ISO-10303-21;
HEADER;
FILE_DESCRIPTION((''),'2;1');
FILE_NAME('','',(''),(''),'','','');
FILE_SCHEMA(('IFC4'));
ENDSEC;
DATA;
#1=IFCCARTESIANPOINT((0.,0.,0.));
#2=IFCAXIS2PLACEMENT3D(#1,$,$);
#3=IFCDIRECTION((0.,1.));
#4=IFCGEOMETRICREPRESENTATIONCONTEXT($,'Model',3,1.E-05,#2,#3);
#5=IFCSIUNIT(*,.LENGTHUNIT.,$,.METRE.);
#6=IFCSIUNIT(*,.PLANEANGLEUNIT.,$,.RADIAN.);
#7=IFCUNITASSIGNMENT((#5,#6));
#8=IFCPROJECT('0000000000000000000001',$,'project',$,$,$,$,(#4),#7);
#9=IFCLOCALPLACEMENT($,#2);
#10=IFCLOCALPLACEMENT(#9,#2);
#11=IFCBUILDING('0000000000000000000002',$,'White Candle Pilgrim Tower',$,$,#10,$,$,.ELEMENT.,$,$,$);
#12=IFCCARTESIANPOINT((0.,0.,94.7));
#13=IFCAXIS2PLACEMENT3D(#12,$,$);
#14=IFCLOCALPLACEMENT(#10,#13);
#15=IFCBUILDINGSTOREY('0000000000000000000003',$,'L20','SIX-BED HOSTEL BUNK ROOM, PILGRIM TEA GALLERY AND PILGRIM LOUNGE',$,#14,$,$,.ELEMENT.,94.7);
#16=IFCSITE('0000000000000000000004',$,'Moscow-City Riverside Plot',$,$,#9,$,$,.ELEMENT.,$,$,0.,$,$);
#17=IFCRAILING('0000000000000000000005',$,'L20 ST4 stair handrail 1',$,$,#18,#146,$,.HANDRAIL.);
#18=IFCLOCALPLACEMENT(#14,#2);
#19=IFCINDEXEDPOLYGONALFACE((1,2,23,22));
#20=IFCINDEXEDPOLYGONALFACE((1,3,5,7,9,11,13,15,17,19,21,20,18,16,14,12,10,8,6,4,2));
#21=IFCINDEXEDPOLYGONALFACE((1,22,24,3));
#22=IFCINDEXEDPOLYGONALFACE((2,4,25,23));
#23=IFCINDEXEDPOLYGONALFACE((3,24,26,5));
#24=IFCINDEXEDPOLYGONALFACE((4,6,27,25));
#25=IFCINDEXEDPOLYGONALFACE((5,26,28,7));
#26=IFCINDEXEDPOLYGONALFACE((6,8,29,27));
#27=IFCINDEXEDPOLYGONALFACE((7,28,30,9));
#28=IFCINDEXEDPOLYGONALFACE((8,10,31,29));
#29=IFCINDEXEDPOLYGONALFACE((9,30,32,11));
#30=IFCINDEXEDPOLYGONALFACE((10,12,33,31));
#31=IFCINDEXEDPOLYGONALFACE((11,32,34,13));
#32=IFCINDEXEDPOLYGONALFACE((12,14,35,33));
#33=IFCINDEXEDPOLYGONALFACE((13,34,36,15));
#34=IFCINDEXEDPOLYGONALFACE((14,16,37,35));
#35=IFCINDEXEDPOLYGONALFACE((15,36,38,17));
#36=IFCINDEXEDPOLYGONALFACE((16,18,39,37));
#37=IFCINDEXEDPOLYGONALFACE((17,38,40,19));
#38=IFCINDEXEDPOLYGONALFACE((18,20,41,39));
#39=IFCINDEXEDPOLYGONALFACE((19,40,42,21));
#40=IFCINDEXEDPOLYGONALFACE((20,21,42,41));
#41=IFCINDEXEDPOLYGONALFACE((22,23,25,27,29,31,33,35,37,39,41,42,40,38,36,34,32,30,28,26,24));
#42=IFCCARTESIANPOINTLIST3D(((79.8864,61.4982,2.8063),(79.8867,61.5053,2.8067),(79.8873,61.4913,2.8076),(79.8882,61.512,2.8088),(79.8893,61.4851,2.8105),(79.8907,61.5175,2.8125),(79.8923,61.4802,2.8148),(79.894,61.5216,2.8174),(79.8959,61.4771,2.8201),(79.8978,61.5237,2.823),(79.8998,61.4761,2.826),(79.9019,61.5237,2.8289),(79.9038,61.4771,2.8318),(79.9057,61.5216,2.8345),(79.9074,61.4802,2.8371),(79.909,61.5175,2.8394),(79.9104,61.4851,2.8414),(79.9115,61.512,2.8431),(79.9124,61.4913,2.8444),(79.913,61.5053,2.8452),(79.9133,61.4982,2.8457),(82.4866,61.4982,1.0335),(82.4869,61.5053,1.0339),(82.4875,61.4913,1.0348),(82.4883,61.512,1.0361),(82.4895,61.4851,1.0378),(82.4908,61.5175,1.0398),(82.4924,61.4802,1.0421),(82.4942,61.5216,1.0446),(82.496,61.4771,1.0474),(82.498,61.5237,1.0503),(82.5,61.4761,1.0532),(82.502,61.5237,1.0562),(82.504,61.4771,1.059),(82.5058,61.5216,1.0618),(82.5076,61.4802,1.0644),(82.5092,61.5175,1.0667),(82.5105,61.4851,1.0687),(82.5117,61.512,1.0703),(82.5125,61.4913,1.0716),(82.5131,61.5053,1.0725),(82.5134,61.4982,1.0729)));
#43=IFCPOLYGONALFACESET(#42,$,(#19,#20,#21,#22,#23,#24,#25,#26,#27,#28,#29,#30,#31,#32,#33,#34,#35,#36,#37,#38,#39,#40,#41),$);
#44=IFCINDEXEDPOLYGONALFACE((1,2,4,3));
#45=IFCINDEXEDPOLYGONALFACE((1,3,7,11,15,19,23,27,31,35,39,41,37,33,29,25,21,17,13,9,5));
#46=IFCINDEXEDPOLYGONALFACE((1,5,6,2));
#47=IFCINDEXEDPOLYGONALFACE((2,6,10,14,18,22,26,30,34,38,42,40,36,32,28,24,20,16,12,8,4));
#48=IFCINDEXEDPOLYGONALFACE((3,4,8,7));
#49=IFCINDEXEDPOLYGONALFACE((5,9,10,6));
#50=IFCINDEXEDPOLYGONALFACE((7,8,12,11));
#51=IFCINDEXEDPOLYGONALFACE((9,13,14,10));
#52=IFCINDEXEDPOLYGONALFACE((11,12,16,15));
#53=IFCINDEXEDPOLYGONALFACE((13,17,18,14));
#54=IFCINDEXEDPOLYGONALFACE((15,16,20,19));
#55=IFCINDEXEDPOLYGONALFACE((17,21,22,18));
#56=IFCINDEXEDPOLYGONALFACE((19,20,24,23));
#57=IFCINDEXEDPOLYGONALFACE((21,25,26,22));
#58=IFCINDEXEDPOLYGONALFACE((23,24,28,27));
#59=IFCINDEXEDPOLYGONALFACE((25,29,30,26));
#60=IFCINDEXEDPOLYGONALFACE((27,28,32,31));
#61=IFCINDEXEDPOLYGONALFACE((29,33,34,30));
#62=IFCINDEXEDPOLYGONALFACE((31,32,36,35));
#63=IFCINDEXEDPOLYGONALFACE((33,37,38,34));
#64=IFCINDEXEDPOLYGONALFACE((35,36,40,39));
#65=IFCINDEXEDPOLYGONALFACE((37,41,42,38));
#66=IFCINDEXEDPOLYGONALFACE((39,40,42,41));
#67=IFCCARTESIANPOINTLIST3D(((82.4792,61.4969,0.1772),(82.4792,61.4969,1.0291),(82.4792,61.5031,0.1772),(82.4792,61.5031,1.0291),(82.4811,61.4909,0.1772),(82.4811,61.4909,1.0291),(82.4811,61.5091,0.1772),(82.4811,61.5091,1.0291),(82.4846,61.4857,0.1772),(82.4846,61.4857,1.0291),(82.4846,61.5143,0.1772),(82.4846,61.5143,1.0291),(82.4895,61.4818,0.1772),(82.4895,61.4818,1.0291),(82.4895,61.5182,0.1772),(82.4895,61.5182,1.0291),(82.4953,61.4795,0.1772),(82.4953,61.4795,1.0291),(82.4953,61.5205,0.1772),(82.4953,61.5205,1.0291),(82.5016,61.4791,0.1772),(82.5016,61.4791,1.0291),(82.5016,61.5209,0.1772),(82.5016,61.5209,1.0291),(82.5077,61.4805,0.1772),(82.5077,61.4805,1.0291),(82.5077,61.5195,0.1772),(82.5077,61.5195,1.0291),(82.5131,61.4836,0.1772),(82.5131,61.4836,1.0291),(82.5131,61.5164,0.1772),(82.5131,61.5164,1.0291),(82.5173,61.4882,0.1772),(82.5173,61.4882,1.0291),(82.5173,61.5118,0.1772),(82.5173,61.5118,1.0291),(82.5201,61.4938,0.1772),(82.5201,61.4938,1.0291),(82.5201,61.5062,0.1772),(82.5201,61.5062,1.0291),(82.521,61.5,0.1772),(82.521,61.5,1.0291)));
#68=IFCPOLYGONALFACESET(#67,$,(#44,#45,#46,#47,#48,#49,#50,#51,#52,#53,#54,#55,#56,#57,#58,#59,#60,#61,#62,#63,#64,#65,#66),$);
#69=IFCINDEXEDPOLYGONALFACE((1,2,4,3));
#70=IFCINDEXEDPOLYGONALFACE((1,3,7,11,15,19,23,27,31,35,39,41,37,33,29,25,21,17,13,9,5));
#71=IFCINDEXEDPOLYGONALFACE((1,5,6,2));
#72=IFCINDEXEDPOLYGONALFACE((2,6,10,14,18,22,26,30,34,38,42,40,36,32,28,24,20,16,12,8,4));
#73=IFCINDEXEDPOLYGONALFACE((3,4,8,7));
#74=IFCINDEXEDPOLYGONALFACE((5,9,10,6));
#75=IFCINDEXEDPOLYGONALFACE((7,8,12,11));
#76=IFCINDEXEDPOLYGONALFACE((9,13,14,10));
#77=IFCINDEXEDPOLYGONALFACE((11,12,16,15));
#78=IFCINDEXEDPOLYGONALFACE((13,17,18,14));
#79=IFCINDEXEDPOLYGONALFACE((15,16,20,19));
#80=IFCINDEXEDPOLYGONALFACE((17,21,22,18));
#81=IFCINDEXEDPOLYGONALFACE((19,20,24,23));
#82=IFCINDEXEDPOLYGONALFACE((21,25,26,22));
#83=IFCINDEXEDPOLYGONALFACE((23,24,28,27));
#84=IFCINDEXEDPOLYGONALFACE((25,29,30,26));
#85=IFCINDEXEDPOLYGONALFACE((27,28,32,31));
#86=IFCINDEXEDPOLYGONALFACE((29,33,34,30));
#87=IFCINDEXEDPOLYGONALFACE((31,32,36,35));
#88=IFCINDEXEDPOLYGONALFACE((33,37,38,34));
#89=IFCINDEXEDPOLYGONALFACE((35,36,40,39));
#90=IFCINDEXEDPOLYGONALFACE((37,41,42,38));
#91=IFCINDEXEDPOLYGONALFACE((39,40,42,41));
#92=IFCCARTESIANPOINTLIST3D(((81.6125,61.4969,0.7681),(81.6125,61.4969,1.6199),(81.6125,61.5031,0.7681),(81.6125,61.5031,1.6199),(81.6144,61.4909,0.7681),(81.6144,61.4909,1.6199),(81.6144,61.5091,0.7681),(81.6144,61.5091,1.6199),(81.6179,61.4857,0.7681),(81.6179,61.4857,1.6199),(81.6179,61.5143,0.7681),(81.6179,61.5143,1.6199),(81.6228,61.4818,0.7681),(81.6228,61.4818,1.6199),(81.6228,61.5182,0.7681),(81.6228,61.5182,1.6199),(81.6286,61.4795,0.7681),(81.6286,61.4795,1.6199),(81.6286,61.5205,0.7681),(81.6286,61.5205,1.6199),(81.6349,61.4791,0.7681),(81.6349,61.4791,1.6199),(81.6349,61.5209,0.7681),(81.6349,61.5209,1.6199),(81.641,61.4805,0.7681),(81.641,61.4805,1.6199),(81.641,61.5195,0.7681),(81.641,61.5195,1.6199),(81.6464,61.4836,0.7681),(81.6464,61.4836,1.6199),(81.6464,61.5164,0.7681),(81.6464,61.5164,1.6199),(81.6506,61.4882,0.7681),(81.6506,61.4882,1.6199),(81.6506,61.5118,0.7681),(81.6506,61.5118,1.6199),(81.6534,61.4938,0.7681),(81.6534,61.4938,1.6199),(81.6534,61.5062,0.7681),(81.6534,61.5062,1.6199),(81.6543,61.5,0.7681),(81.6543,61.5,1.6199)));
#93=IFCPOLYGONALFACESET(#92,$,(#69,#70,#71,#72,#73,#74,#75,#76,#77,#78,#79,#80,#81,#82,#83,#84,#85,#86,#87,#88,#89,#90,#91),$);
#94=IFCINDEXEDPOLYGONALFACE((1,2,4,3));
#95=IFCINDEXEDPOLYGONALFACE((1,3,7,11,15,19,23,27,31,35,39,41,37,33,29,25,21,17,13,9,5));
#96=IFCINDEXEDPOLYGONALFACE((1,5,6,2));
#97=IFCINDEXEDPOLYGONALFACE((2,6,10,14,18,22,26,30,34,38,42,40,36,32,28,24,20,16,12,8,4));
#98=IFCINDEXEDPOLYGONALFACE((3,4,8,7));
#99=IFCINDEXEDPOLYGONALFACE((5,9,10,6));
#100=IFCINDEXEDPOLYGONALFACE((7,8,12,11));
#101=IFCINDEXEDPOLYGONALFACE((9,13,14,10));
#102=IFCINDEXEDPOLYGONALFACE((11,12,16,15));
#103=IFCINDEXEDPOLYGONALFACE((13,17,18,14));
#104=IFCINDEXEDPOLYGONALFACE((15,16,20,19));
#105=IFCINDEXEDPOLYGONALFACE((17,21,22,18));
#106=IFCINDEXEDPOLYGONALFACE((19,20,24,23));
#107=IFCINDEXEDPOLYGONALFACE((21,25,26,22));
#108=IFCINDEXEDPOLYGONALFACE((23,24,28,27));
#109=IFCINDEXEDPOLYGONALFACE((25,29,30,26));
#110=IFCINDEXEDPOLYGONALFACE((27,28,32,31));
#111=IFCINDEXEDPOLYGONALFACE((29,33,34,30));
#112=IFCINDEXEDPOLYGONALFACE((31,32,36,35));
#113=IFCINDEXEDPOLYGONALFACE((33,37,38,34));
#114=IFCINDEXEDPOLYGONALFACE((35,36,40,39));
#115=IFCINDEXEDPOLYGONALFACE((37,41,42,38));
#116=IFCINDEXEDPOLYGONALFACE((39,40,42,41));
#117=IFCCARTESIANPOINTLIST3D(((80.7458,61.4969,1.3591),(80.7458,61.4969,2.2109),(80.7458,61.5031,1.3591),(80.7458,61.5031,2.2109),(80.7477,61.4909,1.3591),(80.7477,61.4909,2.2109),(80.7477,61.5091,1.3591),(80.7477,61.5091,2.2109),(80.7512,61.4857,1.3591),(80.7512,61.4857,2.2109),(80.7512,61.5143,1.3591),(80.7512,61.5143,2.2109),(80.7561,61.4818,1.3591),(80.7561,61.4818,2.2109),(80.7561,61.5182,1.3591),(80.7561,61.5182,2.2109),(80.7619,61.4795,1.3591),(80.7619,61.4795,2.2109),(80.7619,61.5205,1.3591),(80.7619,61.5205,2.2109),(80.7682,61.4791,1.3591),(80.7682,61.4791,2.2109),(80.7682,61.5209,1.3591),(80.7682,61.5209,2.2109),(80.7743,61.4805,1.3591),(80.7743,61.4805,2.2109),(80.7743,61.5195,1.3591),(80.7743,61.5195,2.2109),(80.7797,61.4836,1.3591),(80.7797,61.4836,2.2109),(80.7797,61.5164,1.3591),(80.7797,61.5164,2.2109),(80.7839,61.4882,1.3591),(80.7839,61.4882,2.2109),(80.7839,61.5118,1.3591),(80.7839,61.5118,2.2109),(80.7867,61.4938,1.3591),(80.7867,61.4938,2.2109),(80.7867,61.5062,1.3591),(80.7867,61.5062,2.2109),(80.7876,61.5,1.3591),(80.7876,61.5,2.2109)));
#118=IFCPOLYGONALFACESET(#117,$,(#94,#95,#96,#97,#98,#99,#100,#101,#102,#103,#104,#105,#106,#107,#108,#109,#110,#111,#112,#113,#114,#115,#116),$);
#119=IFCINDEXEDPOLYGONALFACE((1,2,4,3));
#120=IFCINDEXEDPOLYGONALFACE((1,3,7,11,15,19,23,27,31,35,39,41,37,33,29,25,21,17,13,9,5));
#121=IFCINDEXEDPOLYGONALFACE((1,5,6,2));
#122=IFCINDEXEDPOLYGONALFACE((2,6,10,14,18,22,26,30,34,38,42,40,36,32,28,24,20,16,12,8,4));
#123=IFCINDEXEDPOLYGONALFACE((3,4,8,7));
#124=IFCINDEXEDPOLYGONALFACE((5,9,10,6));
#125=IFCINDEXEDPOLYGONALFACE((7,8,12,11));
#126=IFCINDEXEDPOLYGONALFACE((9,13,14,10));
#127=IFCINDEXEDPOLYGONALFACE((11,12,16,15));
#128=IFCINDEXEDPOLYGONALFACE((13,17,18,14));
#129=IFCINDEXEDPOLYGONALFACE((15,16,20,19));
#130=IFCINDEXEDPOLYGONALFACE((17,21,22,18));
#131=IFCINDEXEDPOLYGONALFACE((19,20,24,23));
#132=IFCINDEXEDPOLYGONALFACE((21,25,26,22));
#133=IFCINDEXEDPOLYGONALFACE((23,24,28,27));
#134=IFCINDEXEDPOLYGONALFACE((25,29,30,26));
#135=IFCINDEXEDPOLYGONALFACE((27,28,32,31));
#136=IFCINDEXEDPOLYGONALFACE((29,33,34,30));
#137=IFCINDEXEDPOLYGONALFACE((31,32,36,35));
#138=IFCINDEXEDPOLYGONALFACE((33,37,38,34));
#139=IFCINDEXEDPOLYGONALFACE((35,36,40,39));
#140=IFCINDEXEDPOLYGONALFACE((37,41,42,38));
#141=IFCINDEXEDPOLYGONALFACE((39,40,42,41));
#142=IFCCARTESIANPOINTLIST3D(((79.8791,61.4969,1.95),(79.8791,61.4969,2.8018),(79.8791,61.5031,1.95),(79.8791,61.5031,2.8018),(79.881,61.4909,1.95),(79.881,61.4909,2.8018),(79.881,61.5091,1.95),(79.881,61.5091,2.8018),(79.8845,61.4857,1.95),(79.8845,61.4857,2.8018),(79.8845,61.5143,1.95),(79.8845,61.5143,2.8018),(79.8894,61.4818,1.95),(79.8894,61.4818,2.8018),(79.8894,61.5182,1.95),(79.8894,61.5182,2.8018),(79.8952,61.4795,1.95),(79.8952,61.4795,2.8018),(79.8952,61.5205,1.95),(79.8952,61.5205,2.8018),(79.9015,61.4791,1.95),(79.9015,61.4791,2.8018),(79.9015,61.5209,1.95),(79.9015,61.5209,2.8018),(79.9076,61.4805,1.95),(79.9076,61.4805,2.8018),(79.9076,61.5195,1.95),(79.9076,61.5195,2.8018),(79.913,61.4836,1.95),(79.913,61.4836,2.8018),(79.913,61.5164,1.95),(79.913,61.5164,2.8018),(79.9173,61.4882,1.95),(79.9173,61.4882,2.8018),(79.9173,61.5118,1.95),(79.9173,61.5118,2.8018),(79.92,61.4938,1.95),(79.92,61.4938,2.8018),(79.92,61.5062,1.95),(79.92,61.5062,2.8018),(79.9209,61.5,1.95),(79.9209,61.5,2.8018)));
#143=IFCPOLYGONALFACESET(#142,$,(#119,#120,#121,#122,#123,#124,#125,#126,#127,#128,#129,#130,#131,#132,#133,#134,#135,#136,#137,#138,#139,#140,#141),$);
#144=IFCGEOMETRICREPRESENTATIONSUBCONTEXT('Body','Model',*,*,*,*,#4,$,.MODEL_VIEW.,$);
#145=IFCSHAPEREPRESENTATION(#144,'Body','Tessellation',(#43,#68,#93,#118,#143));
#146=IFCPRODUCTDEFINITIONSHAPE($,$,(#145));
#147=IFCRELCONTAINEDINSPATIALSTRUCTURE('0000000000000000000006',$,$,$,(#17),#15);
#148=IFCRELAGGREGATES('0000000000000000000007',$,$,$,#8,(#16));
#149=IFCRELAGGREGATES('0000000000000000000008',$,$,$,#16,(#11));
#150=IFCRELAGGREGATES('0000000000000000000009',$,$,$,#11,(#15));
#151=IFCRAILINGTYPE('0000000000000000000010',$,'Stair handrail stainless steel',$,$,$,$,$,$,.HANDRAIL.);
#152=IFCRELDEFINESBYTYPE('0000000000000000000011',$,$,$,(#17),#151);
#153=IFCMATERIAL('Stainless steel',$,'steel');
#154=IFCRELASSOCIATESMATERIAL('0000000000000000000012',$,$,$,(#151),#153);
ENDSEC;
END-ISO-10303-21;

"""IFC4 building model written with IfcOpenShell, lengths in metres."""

from ifc_helpers import new_model, si_unit, direction, frame, origin, origin_2d, place, context, subcontext, project, spatial, circle, extrude, material, type_object, element, save


model = new_model("IFC4")

# Units and contexts
model_context = context("Model", 3, precision=1e-05, world=origin(), true_north=direction((0.0, 1.0)))
body_context = subcontext(model_context, "Body", "Model", "MODEL_VIEW")
ifc_project = project(units=[si_unit("LENGTHUNIT", "METRE"), si_unit("PLANEANGLEUNIT", "RADIAN")], contexts=[model_context])

# Site, building, storey
site_placement = place(None, origin())
site = spatial("IfcSite", under=ifc_project, at=site_placement, Name="Moscow-City Riverside Plot", CompositionType="ELEMENT", RefElevation=0.0)
building_placement = place(site_placement, origin())
building = spatial("IfcBuilding", under=site, at=building_placement, Name="White Candle Pilgrim Tower", CompositionType="ELEMENT")
storey_placement = place(building_placement, frame((0.0, 0.0, 94.7)))
storey = spatial("IfcBuildingStorey", under=building, at=storey_placement, Name="L20", Description="SIX-BED HOSTEL BUNK ROOM, PILGRIM TEA GALLERY AND PILGRIM LOUNGE", CompositionType="ELEMENT", Elevation=94.7)

# Railing
ifc_material_1 = material(Name="Stainless steel", Category="steel")
railing_type_1 = type_object("IfcRailingType", Name="Stair handrail stainless steel", PredefinedType="HANDRAIL", material=ifc_material_1)
railing_1_placement = place(storey_placement, frame((82.5, 61.5, 0.1772)))
element("IfcRailing", 1, at=railing_1_placement, inside=storey, type_object=railing_type_1, Name="L20 ST4 stair handrail 1", PredefinedType="HANDRAIL", context=body_context, shape_type="SweptSolid", body=[
    extrude(circle(Radius=0.0239, at=origin_2d()), frame((0.0, 0.0, 0.876), z_axis=(-0.82624, 0.0, 0.563318), x_axis=(0.0, -1.0, 0.0)), (0.0, 0.0, 1.0), 3.147),
    extrude(circle(Radius=0.021, at=origin_2d()), origin(), (0.0, 0.0, 1.0), 0.8518),
    extrude(circle(Radius=0.021, at=origin_2d()), frame((-0.8667, 0.0, 0.5908)), (0.0, 0.0, 1.0), 0.8518),
    extrude(circle(Radius=0.021, at=origin_2d()), frame((-1.7334, 0.0, 1.1819)), (0.0, 0.0, 1.0), 0.8518),
    extrude(circle(Radius=0.021, at=origin_2d()), frame((-2.6001, 0.0, 1.7727)), (0.0, 0.0, 1.0), 0.8518),
])

save(model, "model.ifc")
